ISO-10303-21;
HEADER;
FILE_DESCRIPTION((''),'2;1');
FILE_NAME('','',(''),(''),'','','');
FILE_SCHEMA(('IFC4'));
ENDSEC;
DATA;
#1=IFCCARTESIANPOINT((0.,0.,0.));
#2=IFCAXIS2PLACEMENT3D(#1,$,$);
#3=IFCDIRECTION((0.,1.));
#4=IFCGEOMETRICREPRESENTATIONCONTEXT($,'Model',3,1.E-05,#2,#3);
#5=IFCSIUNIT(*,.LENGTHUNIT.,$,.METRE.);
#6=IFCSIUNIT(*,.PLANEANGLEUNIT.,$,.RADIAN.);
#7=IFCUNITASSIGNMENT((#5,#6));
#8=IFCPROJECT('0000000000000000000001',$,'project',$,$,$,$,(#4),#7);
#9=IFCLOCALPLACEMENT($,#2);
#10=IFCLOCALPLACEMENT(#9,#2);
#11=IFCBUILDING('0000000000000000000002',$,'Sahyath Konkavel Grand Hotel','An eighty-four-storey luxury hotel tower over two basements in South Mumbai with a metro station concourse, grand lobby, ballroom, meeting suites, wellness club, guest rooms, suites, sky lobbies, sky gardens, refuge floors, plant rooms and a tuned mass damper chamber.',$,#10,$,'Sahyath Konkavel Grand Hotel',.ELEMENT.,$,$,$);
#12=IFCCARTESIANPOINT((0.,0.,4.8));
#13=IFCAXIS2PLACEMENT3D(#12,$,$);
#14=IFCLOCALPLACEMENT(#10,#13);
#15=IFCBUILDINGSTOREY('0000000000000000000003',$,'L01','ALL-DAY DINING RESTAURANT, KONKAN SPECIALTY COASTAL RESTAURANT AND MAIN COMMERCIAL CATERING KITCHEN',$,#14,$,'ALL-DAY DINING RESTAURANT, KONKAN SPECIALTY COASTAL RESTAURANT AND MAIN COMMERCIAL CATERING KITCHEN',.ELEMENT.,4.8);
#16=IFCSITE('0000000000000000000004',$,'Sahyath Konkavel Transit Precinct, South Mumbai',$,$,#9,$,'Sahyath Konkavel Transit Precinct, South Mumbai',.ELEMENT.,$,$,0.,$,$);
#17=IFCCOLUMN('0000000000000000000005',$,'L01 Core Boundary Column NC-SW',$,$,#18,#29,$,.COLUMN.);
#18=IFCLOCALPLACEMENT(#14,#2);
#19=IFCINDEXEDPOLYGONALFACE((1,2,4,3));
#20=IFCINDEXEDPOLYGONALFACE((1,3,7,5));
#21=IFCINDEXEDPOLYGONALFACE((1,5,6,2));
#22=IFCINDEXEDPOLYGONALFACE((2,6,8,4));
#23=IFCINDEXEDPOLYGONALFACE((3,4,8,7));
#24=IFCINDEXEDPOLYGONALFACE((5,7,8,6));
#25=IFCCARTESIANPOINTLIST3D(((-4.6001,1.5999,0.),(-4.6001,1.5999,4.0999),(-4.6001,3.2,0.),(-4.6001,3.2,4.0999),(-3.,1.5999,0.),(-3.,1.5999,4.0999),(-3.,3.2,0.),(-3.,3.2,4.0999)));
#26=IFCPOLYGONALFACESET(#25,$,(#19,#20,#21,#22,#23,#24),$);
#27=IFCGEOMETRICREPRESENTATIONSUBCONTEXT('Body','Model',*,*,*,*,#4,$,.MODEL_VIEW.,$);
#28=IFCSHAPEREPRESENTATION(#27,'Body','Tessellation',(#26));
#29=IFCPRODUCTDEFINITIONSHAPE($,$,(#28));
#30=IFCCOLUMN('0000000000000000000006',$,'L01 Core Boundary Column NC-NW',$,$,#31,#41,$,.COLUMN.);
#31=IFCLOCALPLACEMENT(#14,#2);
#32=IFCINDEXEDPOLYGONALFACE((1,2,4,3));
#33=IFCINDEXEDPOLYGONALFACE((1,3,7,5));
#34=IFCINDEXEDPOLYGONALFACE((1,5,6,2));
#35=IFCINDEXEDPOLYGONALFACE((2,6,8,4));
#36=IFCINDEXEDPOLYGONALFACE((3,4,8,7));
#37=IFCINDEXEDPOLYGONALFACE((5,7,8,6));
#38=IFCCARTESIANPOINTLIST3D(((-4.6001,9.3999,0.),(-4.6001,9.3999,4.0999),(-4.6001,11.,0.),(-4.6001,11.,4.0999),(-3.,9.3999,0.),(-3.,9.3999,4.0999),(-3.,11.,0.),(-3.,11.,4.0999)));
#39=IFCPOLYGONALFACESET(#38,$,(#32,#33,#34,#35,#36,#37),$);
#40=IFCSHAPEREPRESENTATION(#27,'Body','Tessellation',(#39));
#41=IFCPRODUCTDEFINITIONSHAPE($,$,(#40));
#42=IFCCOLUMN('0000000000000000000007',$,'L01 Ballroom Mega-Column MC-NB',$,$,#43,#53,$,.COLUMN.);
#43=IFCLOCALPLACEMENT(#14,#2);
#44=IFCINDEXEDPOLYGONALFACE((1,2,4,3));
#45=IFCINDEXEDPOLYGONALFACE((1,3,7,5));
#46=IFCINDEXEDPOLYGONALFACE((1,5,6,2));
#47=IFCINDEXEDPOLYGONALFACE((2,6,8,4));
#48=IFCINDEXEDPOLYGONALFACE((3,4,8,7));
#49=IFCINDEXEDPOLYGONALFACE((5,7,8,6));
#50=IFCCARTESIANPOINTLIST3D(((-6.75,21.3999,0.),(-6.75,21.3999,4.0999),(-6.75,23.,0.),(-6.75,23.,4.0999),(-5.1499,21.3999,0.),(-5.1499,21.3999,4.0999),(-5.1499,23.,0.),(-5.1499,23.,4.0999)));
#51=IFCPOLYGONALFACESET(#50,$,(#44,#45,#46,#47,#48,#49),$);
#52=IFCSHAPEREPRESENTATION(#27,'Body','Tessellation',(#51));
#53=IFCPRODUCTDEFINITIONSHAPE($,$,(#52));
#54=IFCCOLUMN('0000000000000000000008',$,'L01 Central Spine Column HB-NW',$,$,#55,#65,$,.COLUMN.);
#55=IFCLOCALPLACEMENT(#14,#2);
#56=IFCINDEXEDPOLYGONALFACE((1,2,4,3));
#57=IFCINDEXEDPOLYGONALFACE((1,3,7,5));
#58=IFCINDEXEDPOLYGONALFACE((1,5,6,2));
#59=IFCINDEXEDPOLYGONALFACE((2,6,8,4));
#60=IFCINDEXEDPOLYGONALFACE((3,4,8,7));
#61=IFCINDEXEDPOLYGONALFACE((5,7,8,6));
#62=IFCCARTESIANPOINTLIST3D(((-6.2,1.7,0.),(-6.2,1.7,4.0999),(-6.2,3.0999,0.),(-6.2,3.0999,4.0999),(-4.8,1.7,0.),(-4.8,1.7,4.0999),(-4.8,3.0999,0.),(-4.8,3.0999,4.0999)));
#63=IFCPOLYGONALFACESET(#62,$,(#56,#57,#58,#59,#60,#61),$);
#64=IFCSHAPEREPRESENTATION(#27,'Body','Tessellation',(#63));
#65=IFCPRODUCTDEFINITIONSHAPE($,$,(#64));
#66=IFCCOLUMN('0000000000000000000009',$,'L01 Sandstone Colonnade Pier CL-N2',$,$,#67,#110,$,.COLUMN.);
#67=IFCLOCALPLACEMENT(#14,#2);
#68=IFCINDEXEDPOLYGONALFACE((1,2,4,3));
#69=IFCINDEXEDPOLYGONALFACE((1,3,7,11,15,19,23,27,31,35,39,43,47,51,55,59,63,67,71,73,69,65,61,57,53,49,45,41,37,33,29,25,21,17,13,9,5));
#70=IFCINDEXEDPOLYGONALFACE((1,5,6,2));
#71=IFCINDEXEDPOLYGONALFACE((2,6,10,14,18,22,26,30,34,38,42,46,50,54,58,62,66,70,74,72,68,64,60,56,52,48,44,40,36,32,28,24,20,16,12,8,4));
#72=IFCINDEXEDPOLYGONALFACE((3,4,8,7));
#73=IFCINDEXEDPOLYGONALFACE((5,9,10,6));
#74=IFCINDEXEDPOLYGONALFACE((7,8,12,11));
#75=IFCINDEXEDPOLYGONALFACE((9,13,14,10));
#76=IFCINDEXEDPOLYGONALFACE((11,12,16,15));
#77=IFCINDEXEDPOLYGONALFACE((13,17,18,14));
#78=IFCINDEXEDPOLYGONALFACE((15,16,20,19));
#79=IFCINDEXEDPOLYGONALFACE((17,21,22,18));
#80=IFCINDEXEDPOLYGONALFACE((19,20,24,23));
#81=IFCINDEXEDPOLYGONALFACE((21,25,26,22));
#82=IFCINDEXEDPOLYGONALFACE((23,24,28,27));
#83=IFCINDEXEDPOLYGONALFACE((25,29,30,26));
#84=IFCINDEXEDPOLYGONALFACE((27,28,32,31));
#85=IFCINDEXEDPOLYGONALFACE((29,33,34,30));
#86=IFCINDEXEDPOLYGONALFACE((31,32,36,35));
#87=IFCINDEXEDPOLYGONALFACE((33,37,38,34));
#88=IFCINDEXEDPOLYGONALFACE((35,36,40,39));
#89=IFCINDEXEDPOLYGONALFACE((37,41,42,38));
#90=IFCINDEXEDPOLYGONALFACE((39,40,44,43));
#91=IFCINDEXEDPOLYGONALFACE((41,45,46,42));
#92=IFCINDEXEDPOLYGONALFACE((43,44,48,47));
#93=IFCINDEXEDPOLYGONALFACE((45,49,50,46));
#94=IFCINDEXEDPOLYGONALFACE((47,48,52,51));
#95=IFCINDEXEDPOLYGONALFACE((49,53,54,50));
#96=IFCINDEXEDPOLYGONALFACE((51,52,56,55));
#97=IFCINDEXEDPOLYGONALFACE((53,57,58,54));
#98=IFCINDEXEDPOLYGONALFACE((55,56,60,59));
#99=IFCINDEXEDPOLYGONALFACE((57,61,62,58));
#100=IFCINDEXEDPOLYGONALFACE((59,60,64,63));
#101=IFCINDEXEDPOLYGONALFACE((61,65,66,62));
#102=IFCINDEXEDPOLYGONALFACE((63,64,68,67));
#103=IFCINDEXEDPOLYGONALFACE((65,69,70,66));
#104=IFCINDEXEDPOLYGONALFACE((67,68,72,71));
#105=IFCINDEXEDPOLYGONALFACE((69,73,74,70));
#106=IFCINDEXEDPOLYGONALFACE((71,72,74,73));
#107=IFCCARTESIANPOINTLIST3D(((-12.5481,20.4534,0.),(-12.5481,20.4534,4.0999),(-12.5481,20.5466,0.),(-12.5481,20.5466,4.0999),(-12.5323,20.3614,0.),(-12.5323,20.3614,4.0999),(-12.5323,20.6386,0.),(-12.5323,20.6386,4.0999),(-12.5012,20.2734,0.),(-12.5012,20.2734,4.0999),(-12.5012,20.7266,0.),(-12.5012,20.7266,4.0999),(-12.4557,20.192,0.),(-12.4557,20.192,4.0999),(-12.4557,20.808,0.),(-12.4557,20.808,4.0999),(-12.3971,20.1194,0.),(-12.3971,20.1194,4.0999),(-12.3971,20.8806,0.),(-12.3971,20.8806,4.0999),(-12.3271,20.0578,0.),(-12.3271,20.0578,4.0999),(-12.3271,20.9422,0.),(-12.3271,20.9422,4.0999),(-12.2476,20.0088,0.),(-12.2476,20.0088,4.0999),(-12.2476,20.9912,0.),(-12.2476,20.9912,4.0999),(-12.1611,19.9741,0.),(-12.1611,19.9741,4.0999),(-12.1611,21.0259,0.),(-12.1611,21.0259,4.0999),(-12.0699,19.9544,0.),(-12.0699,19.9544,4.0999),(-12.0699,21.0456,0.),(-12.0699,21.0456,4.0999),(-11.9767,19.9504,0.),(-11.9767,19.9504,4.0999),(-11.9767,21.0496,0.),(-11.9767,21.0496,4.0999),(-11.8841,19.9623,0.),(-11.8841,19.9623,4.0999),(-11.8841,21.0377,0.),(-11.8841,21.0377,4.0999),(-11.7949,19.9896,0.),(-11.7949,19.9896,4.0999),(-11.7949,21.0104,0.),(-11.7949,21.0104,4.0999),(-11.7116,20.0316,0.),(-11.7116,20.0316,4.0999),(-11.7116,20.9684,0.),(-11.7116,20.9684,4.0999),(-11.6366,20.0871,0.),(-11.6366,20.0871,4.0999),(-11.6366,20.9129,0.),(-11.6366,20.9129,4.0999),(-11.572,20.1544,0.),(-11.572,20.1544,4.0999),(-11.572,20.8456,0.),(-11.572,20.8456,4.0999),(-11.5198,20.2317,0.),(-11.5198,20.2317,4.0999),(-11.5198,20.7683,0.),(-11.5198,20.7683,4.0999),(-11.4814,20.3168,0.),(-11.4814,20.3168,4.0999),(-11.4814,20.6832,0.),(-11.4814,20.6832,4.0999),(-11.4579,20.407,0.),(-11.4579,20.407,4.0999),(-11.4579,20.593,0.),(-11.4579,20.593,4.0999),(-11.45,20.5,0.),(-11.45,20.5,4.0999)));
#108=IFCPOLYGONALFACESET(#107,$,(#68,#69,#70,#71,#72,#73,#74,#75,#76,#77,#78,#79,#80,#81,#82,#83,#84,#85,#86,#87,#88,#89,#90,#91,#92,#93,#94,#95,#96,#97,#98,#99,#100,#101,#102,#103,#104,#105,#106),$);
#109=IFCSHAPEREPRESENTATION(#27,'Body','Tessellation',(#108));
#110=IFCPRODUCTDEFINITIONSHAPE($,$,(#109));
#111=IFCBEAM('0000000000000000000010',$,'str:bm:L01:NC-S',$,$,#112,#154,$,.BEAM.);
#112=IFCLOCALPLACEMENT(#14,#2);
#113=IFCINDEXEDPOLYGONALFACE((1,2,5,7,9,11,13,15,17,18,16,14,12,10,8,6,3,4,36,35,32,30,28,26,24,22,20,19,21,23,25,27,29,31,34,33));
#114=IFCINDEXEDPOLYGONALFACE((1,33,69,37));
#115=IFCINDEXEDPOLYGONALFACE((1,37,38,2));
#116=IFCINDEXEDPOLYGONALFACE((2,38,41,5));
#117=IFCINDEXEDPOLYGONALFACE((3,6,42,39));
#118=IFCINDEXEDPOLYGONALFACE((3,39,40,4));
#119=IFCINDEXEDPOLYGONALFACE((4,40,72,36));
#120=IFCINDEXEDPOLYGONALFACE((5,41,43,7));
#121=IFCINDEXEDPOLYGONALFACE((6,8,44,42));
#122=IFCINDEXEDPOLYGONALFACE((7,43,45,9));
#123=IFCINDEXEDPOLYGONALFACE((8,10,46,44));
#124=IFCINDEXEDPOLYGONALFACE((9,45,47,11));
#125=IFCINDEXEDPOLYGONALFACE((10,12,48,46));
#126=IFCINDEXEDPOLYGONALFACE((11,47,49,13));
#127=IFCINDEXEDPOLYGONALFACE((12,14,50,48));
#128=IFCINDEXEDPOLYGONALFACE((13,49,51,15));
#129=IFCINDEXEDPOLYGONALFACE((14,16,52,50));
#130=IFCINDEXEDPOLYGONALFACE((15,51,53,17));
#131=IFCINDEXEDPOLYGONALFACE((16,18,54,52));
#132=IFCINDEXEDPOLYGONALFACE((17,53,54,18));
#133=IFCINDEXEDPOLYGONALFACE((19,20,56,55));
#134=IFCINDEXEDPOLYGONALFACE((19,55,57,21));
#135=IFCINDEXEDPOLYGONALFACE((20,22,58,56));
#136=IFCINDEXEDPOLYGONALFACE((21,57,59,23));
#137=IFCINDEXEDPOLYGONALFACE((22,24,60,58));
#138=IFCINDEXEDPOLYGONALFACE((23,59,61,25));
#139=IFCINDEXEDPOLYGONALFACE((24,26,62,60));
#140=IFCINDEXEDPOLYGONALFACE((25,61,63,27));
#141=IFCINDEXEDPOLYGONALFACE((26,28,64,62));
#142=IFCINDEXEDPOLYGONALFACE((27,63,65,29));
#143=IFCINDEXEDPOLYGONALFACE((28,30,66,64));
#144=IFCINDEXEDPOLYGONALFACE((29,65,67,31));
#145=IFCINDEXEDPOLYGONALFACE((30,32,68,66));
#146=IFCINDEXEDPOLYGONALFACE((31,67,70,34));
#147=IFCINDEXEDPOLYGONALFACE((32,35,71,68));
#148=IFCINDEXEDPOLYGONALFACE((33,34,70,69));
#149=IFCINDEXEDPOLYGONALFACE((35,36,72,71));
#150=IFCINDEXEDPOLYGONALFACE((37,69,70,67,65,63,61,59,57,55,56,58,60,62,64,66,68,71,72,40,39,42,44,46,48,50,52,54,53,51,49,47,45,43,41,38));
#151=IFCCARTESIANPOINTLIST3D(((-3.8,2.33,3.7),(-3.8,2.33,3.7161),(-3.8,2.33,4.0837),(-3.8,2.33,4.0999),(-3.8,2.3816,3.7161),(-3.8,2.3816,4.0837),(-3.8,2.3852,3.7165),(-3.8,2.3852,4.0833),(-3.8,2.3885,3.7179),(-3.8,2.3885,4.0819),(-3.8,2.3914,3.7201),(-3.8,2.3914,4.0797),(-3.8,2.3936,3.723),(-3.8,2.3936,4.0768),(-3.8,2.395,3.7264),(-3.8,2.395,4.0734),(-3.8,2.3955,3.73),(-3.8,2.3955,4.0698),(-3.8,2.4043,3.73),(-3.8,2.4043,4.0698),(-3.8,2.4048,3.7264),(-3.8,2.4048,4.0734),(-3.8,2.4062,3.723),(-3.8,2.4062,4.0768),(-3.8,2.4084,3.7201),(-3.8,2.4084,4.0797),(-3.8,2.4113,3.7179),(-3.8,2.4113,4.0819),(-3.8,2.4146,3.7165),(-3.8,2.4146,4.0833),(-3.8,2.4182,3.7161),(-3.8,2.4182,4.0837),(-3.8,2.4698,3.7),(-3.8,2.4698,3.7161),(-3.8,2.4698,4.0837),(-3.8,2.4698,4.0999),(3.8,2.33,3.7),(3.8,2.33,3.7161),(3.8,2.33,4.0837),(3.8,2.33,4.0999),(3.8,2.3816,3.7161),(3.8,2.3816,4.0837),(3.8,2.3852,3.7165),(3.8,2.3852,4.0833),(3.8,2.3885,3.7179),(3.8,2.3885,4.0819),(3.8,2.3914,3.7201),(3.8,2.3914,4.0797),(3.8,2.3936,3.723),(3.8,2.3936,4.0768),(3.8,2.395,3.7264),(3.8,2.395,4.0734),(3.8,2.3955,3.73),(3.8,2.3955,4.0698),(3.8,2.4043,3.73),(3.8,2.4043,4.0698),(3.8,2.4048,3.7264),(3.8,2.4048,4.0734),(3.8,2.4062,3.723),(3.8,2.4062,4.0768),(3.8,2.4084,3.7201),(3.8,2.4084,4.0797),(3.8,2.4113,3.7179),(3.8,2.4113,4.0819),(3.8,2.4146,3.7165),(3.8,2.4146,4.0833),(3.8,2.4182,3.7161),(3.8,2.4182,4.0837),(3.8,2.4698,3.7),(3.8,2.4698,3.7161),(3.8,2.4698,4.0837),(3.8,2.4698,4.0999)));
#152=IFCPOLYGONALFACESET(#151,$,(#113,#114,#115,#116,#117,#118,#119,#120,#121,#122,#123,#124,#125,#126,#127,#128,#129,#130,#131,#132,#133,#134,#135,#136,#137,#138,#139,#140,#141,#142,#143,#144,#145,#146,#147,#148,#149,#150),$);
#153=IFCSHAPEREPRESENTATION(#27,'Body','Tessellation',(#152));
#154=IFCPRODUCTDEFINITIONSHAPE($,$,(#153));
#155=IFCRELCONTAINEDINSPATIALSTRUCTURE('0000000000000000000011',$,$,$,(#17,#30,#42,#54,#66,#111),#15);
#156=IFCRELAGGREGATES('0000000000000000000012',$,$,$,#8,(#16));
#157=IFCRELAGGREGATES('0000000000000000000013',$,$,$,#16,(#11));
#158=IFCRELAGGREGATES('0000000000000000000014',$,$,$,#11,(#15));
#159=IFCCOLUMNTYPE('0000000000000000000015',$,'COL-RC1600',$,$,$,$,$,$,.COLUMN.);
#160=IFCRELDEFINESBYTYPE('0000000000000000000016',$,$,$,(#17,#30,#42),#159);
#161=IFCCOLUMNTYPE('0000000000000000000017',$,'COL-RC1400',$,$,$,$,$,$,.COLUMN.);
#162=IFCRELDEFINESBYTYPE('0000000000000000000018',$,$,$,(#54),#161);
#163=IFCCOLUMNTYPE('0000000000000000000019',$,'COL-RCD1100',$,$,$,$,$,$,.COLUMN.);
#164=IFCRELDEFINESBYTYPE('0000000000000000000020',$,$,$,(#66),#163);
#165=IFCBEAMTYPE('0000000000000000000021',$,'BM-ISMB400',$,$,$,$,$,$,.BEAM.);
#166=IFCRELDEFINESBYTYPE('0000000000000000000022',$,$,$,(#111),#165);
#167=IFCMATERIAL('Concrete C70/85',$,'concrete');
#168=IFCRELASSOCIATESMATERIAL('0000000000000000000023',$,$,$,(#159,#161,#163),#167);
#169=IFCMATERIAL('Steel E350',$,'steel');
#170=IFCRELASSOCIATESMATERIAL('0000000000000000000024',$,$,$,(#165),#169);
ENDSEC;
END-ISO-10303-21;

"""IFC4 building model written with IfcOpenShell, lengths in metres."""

from ifc_helpers import new_model, si_unit, direction, frame, origin, origin_2d, place, context, subcontext, project, spatial, rectangle, circle, i_section, extrude, source, transform, mapped, material, material_profile, profile_set, type_object, element, save


model = new_model("IFC4")

# Units and contexts
model_context = context("Model", 3, precision=1e-05, world=origin(), true_north=direction((0.0, 1.0)))
body_context = subcontext(model_context, "Body", "Model", "MODEL_VIEW")
ifc_project = project(units=[si_unit("LENGTHUNIT", "METRE"), si_unit("PLANEANGLEUNIT", "RADIAN")], contexts=[model_context])

# Site, building, storey
site_placement = place(None, origin())
site = spatial("IfcSite", under=ifc_project, at=site_placement, Name="Sahyath Konkavel Transit Precinct, South Mumbai", LongName="Sahyath Konkavel Transit Precinct, South Mumbai", CompositionType="ELEMENT", RefElevation=0.0)
building_placement = place(site_placement, origin())
building = spatial("IfcBuilding", under=site, at=building_placement, Name="Sahyath Konkavel Grand Hotel", Description="An eighty-four-storey luxury hotel tower over two basements in South Mumbai with a metro station concourse, grand lobby, ballroom, meeting suites, wellness club, guest rooms, suites, sky lobbies, sky gardens, refuge floors, plant rooms and a tuned mass damper chamber.", LongName="Sahyath Konkavel Grand Hotel", CompositionType="ELEMENT")
storey_placement = place(building_placement, frame((0.0, 0.0, 4.8)))
storey = spatial("IfcBuildingStorey", under=building, at=storey_placement, Name="L01", Description="ALL-DAY DINING RESTAURANT, KONKAN SPECIALTY COASTAL RESTAURANT AND MAIN COMMERCIAL CATERING KITCHEN", LongName="ALL-DAY DINING RESTAURANT, KONKAN SPECIALTY COASTAL RESTAURANT AND MAIN COMMERCIAL CATERING KITCHEN", CompositionType="ELEMENT", Elevation=4.8)

# Columns
ifc_material_1 = material(Name="Concrete C70/85", Category="concrete")
ifc_material_profile_1 = material_profile(ifc_material_1, rectangle(XDim=1.6001, YDim=1.6001, at=origin_2d()), Name="RC 1600x1600")
ifc_profile_set_1 = profile_set([ifc_material_profile_1], Name="Concrete C70/85")
column_type_1 = type_object("IfcColumnType", Name="COL-RC1600", PredefinedType="COLUMN", material=ifc_profile_set_1)
shared_shape_1 = source(origin(), body_context, "Body", "SweptSolid", [
    extrude(rectangle(XDim=1.6001, YDim=1.6001, at=origin_2d()), origin(), (0.0, 0.0, 1.0), 4.0999),
])
for number, where, z_axis, x_axis, name in (
    (1, (-3.8, 2.3999, 0.0), (0.0, 0.0, 1.0), (1.0, 0.0, 0.0), "L01 Core Boundary Column NC-SW"),
    (2, (-3.8, 10.2, 0.0), (0.0, 0.0, 1.0), (1.0, 0.0, 0.0), "L01 Core Boundary Column NC-NW"),
    (3, (-5.95, 22.2, 0.0), (0.0, 0.0, 1.0), (1.0, 0.0, 0.0), "L01 Ballroom Mega-Column MC-NB"),
):
    element("IfcColumn", number, at=place(storey_placement, frame(where, z_axis=z_axis, x_axis=x_axis)), inside=storey, type_object=column_type_1, Name=name, PredefinedType="COLUMN", context=body_context, shape_type="MappedRepresentation", body=[
        mapped(shared_shape_1, transform((0.0, 0.0, 0.0), scale=1.0)),
    ])
ifc_material_profile_2 = material_profile(ifc_material_1, rectangle(XDim=1.3999, YDim=1.3999, at=origin_2d()), Name="RC 1400x1400")
ifc_profile_set_2 = profile_set([ifc_material_profile_2], Name="Concrete C70/85")
column_type_2 = type_object("IfcColumnType", Name="COL-RC1400", PredefinedType="COLUMN", material=ifc_profile_set_2)
shared_shape_2 = source(origin(), body_context, "Body", "SweptSolid", [
    extrude(rectangle(XDim=1.3999, YDim=1.3999, at=origin_2d()), origin(), (0.0, 0.0, 1.0), 4.0999),
])
column_1_placement = place(storey_placement, frame((-5.5, 2.3999, 0.0), z_axis=(0.0, 0.0, 1.0), x_axis=(1.0, 0.0, 0.0)))
element("IfcColumn", 4, at=column_1_placement, inside=storey, type_object=column_type_2, Name="L01 Central Spine Column HB-NW", PredefinedType="COLUMN", context=body_context, shape_type="MappedRepresentation", body=[
    mapped(shared_shape_2, transform((0.0, 0.0, 0.0), scale=1.0)),
])
ifc_material_profile_3 = material_profile(ifc_material_1, circle(Radius=0.55, at=origin_2d()), Name="RC D1100")
ifc_profile_set_3 = profile_set([ifc_material_profile_3], Name="Concrete C70/85")
column_type_3 = type_object("IfcColumnType", Name="COL-RCD1100", PredefinedType="COLUMN", material=ifc_profile_set_3)
shared_shape_3 = source(origin(), body_context, "Body", "SweptSolid", [
    extrude(circle(Radius=0.55, at=origin_2d()), origin(), (0.0, 0.0, 1.0), 4.0999),
])
column_2_placement = place(storey_placement, frame((-12.0, 20.5, 0.0), z_axis=(0.0, 0.0, 1.0), x_axis=(1.0, 0.0, 0.0)))
element("IfcColumn", 5, at=column_2_placement, inside=storey, type_object=column_type_3, Name="L01 Sandstone Colonnade Pier CL-N2", PredefinedType="COLUMN", context=body_context, shape_type="MappedRepresentation", body=[
    mapped(shared_shape_3, transform((0.0, 0.0, 0.0), scale=1.0)),
])

# Beam
ifc_material_2 = material(Name="Steel E350", Category="steel")
ifc_material_profile_4 = material_profile(ifc_material_2, i_section(OverallWidth=0.1399, OverallDepth=0.3999, WebThickness=0.0088, FlangeThickness=0.0161, FilletRadius=0.0139, at=origin_2d()), Name="ISMB 400")
ifc_profile_set_4 = profile_set([ifc_material_profile_4], Name="Steel E350")
beam_type_1 = type_object("IfcBeamType", Name="BM-ISMB400", PredefinedType="BEAM", material=ifc_profile_set_4)
shared_shape_4 = source(origin(), body_context, "Body", "SweptSolid", [
    extrude(i_section(OverallWidth=0.1399, OverallDepth=0.3999, WebThickness=0.0088, FlangeThickness=0.0161, FilletRadius=0.0139, at=origin_2d()), origin(), (0.0, 0.0, 1.0), 7.6001),
])
beam_1_placement = place(storey_placement, frame((-3.8, 2.3999, 3.8999), z_axis=(1.0, 0.0, 0.0), x_axis=(0.0, 1.0, 0.0)))
element("IfcBeam", 6, at=beam_1_placement, inside=storey, type_object=beam_type_1, Name="str:bm:L01:NC-S", PredefinedType="BEAM", context=body_context, shape_type="MappedRepresentation", body=[
    mapped(shared_shape_4, transform((0.0, 0.0, 0.0), scale=1.0)),
])

save(model, "model.ifc")
